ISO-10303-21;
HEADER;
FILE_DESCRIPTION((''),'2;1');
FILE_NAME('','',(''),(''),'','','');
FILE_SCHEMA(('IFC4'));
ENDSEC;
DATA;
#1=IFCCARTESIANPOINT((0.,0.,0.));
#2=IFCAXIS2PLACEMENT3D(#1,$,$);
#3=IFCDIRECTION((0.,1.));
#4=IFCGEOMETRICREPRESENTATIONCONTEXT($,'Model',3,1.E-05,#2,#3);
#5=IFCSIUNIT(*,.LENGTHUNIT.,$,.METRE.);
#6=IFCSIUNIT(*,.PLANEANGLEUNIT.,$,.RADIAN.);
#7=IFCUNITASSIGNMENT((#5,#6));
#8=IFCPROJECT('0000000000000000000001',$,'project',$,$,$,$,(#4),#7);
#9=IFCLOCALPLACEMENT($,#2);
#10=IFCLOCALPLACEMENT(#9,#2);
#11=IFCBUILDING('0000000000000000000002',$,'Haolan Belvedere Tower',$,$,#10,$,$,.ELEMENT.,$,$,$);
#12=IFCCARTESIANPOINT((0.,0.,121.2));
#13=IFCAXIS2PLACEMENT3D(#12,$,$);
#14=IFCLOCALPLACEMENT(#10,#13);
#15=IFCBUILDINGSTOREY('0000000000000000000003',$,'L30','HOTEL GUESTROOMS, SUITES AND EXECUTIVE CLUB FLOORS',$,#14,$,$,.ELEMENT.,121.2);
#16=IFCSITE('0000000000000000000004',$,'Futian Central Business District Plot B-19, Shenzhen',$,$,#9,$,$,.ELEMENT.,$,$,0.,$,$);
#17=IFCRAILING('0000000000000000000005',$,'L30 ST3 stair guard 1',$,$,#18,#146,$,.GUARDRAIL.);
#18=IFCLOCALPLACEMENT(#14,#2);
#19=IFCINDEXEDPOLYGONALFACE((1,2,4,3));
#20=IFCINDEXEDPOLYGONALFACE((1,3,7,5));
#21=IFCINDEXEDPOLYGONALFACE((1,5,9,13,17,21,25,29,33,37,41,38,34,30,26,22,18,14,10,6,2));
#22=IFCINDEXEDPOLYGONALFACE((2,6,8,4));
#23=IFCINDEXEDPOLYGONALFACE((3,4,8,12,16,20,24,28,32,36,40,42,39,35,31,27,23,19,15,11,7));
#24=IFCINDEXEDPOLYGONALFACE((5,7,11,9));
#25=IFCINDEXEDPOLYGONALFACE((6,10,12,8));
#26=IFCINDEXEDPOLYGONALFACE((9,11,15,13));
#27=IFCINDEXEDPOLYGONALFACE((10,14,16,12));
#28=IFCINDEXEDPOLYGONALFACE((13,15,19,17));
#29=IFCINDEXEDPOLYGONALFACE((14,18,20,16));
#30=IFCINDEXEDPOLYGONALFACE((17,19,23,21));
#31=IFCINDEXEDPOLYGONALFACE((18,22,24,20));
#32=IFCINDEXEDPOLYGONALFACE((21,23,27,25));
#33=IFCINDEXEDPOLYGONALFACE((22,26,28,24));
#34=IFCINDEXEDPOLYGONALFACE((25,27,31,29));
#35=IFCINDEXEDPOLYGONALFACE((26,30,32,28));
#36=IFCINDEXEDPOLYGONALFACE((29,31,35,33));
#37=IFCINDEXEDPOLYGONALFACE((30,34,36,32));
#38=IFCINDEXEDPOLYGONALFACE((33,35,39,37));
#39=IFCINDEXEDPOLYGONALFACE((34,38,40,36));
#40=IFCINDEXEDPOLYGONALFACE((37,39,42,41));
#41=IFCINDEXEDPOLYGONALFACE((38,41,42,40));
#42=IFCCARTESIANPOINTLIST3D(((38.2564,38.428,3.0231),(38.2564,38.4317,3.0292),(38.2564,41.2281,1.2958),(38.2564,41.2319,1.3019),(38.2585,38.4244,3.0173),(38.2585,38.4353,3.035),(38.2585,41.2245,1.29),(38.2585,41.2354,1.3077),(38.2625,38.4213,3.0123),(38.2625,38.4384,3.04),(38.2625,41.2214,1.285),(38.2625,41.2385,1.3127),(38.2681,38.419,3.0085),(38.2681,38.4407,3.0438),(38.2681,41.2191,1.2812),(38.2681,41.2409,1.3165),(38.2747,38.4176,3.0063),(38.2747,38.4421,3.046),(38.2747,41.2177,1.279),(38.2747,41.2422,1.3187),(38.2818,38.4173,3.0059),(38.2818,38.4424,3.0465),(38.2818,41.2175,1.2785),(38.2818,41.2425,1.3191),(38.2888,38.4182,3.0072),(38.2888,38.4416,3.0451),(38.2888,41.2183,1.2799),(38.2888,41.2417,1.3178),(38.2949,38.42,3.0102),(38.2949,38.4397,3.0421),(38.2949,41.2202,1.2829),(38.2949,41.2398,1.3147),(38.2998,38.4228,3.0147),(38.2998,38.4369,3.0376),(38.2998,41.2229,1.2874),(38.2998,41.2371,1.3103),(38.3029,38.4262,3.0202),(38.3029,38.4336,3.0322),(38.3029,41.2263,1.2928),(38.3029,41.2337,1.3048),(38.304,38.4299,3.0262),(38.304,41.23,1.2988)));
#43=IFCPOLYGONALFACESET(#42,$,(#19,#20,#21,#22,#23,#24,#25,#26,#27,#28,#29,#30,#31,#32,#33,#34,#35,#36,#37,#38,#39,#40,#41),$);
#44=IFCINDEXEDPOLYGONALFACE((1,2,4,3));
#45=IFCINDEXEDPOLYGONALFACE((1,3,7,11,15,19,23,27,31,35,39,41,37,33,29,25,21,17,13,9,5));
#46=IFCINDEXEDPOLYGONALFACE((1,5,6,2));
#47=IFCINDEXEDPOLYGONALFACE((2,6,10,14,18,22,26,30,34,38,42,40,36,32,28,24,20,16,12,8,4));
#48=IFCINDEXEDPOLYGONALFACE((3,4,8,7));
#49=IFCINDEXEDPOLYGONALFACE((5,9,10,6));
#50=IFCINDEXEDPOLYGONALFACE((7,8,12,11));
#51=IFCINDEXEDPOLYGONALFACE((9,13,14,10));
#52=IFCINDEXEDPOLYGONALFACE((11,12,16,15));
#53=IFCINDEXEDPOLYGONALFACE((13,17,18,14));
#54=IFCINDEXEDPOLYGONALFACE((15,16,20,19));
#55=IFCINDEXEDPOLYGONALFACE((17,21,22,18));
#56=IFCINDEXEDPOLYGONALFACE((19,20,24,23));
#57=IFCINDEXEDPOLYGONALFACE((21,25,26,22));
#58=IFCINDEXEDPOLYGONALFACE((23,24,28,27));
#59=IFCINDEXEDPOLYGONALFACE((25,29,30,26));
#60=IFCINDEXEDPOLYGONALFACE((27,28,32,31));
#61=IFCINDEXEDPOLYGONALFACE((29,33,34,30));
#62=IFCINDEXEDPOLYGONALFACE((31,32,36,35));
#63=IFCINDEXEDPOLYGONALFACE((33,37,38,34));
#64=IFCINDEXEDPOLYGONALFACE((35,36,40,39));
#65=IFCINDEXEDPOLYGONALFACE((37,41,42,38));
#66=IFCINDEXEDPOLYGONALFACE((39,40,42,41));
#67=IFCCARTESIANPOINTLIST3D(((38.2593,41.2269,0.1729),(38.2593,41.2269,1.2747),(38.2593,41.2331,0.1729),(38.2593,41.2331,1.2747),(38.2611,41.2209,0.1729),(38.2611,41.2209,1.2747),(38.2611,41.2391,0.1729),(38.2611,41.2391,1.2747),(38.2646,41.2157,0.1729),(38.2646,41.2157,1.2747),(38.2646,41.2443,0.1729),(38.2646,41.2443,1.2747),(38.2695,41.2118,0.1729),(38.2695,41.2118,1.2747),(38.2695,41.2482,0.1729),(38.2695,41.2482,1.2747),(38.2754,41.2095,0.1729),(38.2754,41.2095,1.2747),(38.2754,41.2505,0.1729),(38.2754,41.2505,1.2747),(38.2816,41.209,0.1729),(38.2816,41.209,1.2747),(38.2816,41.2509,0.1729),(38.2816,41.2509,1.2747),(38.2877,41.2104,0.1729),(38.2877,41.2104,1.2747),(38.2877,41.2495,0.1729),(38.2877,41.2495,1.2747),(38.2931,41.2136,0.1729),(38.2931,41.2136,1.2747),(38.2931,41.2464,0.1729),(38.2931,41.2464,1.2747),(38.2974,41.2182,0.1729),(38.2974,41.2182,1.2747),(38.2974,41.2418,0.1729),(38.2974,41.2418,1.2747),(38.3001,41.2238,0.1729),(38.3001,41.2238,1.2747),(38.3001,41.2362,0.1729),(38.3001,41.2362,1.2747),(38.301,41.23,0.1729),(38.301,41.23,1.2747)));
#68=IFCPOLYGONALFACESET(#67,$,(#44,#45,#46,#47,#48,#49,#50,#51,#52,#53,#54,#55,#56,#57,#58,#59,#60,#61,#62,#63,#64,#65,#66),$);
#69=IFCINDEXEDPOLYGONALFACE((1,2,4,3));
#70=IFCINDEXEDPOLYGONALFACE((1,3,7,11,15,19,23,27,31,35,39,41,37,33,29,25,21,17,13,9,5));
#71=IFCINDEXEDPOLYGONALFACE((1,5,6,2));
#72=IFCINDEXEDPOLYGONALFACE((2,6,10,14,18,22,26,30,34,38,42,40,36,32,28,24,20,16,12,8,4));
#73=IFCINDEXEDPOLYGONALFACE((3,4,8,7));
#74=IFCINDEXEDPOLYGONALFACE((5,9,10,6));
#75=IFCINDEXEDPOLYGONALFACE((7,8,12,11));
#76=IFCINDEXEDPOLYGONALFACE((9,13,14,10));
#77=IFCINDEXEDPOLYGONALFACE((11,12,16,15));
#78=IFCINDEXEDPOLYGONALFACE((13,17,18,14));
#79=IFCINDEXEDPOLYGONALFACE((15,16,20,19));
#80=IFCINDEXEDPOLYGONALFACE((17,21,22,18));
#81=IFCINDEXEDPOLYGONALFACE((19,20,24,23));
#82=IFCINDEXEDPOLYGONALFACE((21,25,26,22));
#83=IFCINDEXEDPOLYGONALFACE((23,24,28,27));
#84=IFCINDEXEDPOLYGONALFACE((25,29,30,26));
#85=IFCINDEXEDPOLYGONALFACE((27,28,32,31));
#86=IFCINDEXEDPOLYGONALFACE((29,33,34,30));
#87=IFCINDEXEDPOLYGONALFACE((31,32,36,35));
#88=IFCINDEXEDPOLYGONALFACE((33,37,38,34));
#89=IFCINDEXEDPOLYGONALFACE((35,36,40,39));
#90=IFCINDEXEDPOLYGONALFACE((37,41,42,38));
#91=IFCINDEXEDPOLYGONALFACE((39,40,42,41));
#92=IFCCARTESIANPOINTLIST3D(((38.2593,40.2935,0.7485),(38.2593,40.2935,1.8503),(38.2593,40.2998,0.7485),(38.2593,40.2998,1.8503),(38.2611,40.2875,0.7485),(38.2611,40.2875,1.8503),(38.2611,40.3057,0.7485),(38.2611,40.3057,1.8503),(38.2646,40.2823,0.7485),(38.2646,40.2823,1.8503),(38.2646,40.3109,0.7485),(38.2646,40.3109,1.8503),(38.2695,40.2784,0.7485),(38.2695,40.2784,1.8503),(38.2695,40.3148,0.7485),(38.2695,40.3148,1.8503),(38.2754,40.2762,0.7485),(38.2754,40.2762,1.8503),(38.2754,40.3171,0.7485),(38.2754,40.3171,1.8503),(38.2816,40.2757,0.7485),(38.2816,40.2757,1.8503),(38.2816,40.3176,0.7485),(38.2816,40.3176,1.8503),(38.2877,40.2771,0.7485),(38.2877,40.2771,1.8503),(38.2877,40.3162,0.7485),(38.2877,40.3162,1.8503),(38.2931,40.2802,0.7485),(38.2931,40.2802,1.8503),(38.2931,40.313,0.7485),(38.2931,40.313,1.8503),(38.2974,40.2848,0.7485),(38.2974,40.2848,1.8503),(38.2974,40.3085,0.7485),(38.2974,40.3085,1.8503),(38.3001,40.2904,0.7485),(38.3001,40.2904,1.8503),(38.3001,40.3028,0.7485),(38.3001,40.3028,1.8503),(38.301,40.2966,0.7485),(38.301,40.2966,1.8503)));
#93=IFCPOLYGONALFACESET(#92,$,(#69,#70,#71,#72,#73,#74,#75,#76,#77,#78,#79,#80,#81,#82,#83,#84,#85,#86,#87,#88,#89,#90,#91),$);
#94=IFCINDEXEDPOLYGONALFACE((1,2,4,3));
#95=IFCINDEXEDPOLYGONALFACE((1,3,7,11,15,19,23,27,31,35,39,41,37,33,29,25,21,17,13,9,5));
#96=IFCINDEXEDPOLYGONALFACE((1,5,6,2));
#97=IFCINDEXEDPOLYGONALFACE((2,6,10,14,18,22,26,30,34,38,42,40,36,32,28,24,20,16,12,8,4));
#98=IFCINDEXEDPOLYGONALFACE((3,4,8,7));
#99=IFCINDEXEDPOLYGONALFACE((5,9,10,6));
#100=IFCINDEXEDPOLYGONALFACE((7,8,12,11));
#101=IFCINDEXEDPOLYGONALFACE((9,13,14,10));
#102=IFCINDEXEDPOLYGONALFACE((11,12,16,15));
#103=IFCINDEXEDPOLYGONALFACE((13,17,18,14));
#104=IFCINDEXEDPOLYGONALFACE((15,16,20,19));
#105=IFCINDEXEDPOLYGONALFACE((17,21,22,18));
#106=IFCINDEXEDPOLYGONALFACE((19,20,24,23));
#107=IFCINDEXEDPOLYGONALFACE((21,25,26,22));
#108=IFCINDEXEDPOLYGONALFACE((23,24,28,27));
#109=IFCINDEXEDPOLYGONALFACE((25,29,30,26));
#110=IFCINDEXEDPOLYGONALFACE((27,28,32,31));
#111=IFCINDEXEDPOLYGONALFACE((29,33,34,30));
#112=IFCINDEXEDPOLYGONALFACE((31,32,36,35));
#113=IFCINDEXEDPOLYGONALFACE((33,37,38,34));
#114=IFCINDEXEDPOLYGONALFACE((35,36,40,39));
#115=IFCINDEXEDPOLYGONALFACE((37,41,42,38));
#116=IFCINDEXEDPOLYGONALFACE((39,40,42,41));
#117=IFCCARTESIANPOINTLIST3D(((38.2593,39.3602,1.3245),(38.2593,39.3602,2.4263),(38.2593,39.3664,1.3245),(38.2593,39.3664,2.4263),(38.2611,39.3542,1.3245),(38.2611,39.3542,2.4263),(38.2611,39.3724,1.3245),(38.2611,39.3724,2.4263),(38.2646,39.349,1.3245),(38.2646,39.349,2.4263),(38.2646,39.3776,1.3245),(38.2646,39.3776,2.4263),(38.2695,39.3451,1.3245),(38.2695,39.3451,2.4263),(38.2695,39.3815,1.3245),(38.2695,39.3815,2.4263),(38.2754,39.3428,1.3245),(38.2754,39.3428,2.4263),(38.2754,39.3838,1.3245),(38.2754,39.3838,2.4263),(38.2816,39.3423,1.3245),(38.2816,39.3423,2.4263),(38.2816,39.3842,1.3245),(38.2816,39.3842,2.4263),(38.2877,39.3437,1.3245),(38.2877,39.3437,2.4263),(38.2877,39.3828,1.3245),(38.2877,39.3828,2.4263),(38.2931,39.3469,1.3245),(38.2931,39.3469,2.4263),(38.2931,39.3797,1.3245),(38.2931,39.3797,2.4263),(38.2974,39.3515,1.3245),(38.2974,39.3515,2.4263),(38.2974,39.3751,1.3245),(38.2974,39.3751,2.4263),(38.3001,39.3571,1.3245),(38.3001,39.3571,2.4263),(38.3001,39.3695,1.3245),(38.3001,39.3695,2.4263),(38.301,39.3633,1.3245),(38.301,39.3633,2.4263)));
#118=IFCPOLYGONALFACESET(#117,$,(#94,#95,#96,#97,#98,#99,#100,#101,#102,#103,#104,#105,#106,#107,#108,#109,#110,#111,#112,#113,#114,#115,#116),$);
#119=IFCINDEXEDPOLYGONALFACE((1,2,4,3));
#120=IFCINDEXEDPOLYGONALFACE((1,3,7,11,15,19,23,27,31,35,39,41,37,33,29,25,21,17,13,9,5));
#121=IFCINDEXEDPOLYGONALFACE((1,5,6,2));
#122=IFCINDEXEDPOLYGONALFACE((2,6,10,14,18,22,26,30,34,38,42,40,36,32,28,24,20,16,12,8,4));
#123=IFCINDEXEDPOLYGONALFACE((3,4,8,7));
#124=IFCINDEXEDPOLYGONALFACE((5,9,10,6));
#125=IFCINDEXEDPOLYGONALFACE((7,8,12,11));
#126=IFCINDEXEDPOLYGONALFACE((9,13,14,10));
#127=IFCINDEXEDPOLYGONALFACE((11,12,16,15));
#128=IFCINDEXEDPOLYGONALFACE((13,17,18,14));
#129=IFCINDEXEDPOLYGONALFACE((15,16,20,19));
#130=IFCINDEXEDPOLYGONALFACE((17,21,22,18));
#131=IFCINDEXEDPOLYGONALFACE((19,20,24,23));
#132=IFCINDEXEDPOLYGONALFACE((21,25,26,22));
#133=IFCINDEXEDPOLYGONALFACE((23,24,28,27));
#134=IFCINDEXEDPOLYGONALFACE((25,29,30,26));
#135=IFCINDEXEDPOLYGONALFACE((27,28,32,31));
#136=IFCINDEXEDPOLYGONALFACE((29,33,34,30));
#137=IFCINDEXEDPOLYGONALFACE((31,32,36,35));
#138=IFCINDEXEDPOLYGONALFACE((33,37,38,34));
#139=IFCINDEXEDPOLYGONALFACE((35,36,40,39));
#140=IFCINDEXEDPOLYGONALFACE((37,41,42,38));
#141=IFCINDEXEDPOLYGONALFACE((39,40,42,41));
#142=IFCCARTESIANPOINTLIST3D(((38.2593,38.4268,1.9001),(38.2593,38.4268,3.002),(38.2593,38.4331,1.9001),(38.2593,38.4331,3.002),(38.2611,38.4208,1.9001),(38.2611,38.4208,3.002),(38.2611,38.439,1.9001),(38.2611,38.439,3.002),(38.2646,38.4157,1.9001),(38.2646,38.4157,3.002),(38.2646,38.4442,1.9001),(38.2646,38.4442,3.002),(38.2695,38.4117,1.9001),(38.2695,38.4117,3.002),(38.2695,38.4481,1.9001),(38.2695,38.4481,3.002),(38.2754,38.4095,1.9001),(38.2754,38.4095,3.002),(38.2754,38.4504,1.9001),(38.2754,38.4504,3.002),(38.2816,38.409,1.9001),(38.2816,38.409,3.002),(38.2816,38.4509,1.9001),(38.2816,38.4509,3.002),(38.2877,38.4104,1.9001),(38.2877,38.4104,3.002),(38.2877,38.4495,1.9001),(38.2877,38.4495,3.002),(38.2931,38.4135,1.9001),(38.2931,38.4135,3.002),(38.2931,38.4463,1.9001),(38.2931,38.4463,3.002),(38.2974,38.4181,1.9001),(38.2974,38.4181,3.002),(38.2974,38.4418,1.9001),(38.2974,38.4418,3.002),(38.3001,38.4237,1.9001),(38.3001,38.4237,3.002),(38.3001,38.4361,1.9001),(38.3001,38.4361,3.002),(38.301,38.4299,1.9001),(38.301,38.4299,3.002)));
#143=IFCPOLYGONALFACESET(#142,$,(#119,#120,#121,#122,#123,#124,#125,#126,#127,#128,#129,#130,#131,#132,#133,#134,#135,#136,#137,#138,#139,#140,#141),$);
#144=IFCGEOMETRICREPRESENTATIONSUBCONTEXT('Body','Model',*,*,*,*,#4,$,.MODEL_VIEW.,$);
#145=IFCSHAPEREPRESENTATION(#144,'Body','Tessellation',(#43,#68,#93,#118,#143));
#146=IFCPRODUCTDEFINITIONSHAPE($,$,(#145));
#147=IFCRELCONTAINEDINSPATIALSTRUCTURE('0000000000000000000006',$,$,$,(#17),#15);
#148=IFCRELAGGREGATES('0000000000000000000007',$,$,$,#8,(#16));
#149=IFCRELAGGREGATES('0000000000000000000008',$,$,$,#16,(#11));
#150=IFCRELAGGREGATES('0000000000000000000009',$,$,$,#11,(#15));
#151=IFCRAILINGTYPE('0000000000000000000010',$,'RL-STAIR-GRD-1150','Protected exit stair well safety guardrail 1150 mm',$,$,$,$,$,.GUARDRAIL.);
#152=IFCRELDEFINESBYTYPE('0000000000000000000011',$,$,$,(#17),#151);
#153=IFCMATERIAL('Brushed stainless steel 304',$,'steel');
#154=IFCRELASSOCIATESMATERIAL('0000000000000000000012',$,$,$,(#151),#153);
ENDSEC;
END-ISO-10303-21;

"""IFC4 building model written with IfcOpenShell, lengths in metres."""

from ifc_helpers import new_model, si_unit, direction, frame, origin, origin_2d, place, context, subcontext, project, spatial, circle, extrude, material, type_object, element, save


model = new_model("IFC4")

# Units and contexts
model_context = context("Model", 3, precision=1e-05, world=origin(), true_north=direction((0.0, 1.0)))
body_context = subcontext(model_context, "Body", "Model", "MODEL_VIEW")
ifc_project = project(units=[si_unit("LENGTHUNIT", "METRE"), si_unit("PLANEANGLEUNIT", "RADIAN")], contexts=[model_context])

# Site, building, storey
site_placement = place(None, origin())
site = spatial("IfcSite", under=ifc_project, at=site_placement, Name="Futian Central Business District Plot B-19, Shenzhen", CompositionType="ELEMENT", RefElevation=0.0)
building_placement = place(site_placement, origin())
building = spatial("IfcBuilding", under=site, at=building_placement, Name="Haolan Belvedere Tower", CompositionType="ELEMENT")
storey_placement = place(building_placement, frame((0.0, 0.0, 121.2)))
storey = spatial("IfcBuildingStorey", under=building, at=storey_placement, Name="L30", Description="HOTEL GUESTROOMS, SUITES AND EXECUTIVE CLUB FLOORS", CompositionType="ELEMENT", Elevation=121.2)

# Railing
ifc_material_1 = material(Name="Brushed stainless steel 304", Category="steel")
railing_type_1 = type_object("IfcRailingType", Name="RL-STAIR-GRD-1150", Description="Protected exit stair well safety guardrail 1150 mm", PredefinedType="GUARDRAIL", material=ifc_material_1)
railing_1_placement = place(storey_placement, frame((38.28, 41.23, 0.1729)))
element("IfcRailing", 1, at=railing_1_placement, inside=storey, type_object=railing_type_1, Name="L30 ST3 stair guard 1", PredefinedType="GUARDRAIL", context=body_context, shape_type="SweptSolid", body=[
    extrude(circle(Radius=0.0239, at=origin_2d()), frame((0.0, 0.0, 1.126), z_axis=(0.0, -0.85109, 0.52502), x_axis=(1.0, 0.0, 0.0)), (0.0, 0.0, 1.0), 3.29),
    extrude(circle(Radius=0.021, at=origin_2d()), origin(), (0.0, 0.0, 1.0), 1.1018),
    extrude(circle(Radius=0.021, at=origin_2d()), frame((0.0, -0.9333, 0.5757)), (0.0, 0.0, 1.0), 1.1018),
    extrude(circle(Radius=0.021, at=origin_2d()), frame((0.0, -1.8667, 1.1516)), (0.0, 0.0, 1.0), 1.1018),
    extrude(circle(Radius=0.021, at=origin_2d()), frame((0.0, -2.8, 1.7273)), (0.0, 0.0, 1.0), 1.1018),
])

save(model, "model.ifc")
